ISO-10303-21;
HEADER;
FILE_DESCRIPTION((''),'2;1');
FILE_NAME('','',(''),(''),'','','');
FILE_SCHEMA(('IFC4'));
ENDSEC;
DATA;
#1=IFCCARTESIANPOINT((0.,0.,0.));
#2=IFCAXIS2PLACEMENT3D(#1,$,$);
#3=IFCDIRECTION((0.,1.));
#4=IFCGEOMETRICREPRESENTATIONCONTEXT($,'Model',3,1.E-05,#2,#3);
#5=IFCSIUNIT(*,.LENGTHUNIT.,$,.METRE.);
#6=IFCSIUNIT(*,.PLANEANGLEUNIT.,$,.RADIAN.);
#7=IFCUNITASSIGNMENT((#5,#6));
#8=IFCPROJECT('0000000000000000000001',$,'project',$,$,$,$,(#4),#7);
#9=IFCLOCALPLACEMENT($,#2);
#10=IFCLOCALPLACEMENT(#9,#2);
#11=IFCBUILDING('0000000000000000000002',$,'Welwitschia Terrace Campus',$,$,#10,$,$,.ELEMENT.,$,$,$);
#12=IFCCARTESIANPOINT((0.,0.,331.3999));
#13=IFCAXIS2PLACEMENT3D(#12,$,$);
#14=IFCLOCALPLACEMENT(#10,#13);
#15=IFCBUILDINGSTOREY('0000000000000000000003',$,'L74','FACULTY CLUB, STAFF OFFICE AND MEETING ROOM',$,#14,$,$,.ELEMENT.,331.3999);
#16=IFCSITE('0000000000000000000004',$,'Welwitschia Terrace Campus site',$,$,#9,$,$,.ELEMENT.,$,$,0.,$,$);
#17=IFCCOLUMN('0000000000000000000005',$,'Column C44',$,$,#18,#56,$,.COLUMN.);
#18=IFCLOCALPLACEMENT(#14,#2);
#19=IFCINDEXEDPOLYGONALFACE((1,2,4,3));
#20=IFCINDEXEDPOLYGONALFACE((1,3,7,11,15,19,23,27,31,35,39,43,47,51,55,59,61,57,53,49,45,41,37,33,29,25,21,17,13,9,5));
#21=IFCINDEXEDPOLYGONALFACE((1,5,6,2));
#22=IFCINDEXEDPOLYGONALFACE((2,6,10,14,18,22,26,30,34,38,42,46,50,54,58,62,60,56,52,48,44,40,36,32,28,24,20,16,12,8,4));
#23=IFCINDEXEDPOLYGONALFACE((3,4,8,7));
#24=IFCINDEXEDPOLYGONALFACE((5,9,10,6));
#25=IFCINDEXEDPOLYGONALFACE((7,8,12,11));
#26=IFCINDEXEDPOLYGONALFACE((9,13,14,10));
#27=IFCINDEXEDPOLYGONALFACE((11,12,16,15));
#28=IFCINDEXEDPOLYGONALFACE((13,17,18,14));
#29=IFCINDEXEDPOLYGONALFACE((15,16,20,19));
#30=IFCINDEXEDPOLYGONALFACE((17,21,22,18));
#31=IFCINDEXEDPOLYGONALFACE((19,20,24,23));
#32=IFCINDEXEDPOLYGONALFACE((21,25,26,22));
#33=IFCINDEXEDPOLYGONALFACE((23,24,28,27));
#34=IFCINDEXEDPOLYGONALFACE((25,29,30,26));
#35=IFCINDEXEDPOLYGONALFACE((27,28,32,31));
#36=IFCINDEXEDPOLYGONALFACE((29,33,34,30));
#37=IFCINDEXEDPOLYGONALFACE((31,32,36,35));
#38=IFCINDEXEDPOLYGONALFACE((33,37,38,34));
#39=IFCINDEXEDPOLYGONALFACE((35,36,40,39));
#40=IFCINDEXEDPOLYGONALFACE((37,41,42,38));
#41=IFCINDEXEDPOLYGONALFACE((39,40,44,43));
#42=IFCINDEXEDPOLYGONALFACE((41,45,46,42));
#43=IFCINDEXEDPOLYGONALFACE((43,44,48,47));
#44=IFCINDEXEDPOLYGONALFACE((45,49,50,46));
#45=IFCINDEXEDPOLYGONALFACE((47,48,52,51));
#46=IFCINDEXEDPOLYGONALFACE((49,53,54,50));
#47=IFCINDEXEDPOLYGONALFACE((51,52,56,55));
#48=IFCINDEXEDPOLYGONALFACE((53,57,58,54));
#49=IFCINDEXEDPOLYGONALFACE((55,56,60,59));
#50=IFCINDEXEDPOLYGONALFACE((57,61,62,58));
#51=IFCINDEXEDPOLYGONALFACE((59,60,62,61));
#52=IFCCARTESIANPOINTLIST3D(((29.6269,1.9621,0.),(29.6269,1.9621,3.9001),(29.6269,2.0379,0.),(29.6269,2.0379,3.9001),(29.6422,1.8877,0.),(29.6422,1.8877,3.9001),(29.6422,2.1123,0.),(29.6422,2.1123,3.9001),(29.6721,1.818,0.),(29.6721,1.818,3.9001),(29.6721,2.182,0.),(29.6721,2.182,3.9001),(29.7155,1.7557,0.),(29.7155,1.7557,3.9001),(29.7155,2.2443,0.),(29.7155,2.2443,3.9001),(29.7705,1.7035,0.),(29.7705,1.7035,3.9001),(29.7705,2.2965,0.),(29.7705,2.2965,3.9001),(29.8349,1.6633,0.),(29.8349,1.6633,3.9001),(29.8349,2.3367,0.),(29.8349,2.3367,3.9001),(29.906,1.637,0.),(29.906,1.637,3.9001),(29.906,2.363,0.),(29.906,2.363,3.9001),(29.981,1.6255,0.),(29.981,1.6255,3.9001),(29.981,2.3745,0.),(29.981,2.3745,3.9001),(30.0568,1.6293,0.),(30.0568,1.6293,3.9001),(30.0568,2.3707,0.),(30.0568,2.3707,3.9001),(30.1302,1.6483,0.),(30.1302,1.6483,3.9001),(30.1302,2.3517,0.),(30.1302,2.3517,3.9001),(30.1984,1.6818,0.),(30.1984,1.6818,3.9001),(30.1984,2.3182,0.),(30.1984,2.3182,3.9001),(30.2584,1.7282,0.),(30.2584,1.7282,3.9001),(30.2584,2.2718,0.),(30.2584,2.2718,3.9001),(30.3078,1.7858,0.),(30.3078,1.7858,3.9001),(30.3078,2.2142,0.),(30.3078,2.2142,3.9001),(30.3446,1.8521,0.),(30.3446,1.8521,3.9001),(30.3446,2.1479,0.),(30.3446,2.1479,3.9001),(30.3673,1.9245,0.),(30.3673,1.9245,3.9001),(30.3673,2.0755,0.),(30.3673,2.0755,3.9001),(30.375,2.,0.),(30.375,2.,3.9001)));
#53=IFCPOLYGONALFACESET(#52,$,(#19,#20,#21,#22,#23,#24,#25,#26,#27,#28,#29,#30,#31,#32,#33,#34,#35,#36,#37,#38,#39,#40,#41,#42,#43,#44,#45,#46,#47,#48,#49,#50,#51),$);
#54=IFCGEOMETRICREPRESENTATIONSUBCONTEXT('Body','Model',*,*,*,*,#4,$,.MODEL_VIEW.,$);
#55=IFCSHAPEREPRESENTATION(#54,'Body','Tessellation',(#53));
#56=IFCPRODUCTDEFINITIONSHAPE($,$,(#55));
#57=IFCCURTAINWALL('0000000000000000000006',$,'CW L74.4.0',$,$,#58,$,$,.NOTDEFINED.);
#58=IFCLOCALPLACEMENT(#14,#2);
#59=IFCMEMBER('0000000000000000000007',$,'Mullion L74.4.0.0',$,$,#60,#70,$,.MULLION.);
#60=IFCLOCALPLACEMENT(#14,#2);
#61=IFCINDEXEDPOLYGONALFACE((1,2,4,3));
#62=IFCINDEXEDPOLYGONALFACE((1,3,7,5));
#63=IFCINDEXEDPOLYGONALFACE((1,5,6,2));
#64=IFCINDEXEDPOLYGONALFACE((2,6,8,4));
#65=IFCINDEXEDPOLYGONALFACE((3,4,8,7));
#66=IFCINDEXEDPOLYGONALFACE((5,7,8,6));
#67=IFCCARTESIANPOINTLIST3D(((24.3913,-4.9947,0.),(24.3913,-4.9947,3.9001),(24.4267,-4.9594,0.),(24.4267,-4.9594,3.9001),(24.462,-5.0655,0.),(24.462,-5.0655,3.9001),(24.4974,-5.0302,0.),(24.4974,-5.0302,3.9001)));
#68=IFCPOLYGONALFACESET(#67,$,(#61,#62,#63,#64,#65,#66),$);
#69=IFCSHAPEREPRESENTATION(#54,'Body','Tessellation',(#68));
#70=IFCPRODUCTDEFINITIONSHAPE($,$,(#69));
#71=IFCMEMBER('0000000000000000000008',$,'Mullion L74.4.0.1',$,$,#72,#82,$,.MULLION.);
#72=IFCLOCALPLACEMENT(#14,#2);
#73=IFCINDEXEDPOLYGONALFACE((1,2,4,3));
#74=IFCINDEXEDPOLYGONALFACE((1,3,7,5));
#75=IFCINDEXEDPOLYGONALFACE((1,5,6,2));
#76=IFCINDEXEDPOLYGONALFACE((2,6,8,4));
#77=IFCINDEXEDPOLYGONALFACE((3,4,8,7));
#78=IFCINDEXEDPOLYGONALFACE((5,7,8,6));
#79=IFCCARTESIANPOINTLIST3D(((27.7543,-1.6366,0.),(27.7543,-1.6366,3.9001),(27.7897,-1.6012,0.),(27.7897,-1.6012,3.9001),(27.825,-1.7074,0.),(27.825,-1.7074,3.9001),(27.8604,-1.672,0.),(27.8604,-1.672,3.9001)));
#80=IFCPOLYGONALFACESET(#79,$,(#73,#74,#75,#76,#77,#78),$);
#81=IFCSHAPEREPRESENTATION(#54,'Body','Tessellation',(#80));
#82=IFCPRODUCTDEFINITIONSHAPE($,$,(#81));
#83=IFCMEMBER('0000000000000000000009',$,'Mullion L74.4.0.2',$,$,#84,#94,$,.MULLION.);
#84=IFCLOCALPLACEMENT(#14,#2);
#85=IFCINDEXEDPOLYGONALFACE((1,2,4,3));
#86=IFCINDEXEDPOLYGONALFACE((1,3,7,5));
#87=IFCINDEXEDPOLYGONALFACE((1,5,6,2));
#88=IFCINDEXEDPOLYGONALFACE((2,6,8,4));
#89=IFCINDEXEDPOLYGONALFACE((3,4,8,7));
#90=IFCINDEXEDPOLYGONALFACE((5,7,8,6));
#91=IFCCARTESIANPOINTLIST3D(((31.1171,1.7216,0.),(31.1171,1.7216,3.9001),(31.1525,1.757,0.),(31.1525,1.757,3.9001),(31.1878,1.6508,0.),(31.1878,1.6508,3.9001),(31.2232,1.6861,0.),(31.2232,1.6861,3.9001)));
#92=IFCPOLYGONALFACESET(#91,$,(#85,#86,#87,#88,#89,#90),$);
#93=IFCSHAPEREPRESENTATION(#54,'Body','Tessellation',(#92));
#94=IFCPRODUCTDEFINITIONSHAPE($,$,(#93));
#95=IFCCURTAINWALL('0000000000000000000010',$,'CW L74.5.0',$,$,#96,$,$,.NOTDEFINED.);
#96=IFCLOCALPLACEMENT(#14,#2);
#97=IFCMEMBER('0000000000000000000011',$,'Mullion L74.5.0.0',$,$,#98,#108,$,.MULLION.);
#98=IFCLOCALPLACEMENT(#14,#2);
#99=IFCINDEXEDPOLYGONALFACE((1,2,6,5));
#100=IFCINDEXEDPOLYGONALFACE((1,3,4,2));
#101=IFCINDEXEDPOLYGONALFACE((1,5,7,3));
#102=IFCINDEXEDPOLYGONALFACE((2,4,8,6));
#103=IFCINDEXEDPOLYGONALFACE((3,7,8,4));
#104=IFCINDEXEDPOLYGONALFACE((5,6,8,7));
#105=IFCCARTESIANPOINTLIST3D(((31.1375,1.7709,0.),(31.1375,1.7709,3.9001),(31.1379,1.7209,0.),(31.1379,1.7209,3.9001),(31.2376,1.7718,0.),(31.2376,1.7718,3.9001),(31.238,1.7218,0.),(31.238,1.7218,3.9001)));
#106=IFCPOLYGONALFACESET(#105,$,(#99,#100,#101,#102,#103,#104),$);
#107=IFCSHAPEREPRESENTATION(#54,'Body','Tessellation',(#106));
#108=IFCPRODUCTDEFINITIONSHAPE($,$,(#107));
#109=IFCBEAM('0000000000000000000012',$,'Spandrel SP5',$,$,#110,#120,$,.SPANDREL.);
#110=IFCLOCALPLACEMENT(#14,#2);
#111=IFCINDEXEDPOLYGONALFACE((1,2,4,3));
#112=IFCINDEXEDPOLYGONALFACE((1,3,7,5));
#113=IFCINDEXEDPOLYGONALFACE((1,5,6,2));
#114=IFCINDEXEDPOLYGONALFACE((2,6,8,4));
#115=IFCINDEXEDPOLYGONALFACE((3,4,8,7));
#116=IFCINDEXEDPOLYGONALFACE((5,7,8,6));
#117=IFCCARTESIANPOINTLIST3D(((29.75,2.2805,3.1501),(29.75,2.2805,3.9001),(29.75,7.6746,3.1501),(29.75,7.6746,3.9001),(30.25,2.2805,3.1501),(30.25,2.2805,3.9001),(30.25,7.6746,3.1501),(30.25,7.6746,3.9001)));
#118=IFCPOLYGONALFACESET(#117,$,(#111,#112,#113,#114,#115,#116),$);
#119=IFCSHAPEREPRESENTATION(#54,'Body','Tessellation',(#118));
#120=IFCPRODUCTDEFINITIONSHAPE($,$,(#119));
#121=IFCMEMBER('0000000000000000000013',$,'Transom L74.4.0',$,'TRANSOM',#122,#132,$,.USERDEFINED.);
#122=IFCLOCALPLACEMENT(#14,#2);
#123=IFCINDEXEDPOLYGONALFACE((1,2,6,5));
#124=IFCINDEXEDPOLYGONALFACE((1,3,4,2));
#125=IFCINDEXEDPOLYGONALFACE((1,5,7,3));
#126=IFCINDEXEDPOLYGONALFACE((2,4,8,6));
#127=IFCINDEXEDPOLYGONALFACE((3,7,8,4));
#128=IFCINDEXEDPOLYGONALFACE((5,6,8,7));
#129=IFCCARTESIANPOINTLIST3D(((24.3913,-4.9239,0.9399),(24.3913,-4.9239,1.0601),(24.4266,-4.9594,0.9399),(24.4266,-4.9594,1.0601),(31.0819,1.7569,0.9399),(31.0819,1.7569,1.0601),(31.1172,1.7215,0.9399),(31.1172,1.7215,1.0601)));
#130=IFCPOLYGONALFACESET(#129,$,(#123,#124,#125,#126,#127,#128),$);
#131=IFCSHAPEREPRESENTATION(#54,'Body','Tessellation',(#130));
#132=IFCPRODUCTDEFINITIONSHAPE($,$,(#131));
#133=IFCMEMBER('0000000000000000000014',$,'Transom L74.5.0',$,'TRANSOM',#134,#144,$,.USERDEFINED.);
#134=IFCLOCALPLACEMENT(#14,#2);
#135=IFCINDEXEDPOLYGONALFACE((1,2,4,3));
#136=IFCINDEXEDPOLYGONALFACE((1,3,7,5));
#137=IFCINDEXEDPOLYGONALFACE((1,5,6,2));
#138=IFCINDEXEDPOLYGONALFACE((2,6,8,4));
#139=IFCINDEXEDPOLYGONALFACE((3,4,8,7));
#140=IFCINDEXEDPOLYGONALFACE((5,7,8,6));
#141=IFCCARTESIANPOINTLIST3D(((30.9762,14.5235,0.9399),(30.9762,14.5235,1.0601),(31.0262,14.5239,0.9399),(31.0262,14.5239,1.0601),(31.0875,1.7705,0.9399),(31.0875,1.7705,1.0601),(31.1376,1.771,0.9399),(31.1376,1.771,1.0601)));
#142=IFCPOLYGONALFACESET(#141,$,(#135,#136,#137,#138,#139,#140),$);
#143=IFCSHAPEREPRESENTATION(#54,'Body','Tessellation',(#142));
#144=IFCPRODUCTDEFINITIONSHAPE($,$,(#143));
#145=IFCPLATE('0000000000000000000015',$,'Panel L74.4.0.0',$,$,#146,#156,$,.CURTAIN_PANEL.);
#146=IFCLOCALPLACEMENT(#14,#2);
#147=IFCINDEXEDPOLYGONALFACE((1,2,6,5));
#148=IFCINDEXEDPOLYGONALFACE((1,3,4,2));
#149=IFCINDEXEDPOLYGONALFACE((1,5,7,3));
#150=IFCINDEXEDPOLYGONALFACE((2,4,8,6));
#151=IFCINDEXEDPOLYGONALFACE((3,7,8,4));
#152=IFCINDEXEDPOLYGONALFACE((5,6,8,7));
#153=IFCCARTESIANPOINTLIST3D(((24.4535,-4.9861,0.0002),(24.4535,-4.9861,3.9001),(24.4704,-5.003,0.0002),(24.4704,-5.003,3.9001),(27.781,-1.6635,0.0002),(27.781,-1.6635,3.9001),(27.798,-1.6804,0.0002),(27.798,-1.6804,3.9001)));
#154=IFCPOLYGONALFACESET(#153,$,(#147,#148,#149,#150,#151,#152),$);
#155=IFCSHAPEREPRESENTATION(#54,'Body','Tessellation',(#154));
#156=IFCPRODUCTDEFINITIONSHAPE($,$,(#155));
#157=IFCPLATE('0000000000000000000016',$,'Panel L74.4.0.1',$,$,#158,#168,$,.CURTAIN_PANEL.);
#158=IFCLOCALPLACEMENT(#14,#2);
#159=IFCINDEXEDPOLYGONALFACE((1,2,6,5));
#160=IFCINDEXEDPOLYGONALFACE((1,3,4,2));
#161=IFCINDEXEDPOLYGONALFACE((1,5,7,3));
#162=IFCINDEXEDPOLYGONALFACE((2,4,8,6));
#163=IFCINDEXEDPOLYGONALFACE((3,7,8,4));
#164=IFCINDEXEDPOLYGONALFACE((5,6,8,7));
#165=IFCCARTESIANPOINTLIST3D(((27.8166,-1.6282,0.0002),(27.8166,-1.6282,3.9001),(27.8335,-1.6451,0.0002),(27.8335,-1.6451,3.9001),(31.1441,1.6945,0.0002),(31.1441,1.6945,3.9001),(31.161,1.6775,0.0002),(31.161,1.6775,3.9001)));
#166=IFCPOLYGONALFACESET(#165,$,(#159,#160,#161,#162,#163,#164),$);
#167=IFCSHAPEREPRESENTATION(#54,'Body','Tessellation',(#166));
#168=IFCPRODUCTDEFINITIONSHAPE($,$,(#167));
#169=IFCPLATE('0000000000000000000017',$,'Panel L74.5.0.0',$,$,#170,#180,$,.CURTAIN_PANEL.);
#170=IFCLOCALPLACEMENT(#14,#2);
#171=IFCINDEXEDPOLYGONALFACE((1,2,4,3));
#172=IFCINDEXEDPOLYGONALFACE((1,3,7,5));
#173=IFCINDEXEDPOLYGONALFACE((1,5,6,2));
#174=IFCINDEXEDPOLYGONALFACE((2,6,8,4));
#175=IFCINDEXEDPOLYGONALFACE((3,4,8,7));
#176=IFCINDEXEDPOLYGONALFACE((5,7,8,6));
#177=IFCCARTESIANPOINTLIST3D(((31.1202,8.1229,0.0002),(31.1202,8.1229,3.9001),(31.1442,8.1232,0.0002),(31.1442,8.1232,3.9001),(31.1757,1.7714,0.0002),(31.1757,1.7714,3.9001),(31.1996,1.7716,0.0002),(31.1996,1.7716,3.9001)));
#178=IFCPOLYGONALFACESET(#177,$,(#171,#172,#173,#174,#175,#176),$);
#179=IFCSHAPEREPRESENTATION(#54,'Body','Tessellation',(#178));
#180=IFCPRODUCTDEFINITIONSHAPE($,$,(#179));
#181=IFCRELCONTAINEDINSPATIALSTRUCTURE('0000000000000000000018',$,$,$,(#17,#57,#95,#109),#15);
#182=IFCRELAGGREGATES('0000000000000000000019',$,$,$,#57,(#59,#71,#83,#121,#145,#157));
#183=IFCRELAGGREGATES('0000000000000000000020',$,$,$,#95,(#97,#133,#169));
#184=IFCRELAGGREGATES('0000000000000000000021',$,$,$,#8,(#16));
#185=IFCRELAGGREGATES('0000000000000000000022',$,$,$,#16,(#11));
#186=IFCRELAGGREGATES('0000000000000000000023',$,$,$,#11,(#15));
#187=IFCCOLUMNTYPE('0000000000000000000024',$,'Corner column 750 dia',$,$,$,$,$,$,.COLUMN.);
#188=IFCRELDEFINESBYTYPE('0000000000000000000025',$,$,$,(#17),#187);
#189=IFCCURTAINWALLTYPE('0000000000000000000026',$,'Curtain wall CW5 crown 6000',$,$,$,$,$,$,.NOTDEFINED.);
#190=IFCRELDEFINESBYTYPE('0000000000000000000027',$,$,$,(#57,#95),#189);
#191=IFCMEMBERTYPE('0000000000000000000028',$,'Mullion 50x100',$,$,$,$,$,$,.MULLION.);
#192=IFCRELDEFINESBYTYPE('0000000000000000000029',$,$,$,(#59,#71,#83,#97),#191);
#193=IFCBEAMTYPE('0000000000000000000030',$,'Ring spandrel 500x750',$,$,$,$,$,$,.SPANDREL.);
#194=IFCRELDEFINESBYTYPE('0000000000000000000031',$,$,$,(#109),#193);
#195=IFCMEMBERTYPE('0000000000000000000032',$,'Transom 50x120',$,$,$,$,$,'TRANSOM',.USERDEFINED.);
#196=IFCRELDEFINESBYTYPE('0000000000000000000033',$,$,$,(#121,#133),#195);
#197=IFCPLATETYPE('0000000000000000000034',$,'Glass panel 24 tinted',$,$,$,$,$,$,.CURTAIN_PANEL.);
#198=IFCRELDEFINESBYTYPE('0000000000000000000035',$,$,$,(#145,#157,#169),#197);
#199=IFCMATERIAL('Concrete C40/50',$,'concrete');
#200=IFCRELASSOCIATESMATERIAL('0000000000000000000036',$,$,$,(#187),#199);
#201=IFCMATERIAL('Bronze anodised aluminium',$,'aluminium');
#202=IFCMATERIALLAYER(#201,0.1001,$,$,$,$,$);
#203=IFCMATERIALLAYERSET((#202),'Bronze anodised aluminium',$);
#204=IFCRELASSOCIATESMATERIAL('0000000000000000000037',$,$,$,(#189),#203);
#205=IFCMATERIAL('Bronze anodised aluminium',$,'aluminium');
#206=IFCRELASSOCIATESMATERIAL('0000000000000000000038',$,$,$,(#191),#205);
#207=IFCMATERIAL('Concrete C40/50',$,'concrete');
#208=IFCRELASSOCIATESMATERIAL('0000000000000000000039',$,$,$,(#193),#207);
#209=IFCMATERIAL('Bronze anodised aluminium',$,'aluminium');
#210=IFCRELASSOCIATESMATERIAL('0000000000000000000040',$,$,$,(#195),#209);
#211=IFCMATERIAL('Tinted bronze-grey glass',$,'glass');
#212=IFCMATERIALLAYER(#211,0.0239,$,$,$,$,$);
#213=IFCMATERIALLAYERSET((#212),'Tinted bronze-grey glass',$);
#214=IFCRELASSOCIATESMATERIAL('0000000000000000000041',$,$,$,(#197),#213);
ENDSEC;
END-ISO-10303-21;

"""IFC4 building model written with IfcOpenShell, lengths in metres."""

from ifc_helpers import new_model, si_unit, direction, frame, origin, origin_2d, place, context, subcontext, project, spatial, rectangle, circle, extrude, material, layer, layer_set, material_profile, profile_set, type_object, element, aggregate, save


model = new_model("IFC4")

# Units and contexts
model_context = context("Model", 3, precision=1e-05, world=origin(), true_north=direction((0.0, 1.0)))
body_context = subcontext(model_context, "Body", "Model", "MODEL_VIEW")
ifc_project = project(units=[si_unit("LENGTHUNIT", "METRE"), si_unit("PLANEANGLEUNIT", "RADIAN")], contexts=[model_context])

# Site, building, storey
site_placement = place(None, origin())
site = spatial("IfcSite", under=ifc_project, at=site_placement, Name="Welwitschia Terrace Campus site", CompositionType="ELEMENT", RefElevation=0.0)
building_placement = place(site_placement, origin())
building = spatial("IfcBuilding", under=site, at=building_placement, Name="Welwitschia Terrace Campus", CompositionType="ELEMENT")
storey_placement = place(building_placement, frame((0.0, 0.0, 331.3999)))
storey = spatial("IfcBuildingStorey", under=building, at=storey_placement, Name="L74", Description="FACULTY CLUB, STAFF OFFICE AND MEETING ROOM", CompositionType="ELEMENT", Elevation=331.3999)

# Column
ifc_material_1 = material(Name="Concrete C40/50", Category="concrete")
ifc_material_profile_1 = material_profile(ifc_material_1, circle(Radius=0.375, at=origin_2d()))
ifc_profile_set_1 = profile_set([ifc_material_profile_1], Name="Concrete C40/50")
column_type = type_object("IfcColumnType", Name="Corner column 750 dia", PredefinedType="COLUMN", material=ifc_profile_set_1)
column_placement = place(storey_placement, frame((30.0, 2.0, 0.0), z_axis=(0.0, 0.0, 1.0), x_axis=(1.0, 0.0, 0.0)))
element("IfcColumn", 1, at=column_placement, inside=storey, type_object=column_type, Name="Column C44", PredefinedType="COLUMN", context=body_context, shape_type="SweptSolid", body=[
    extrude(circle(Radius=0.375, at=origin_2d()), origin(), (0.0, 0.0, 1.0), 3.9001),
])

# Curtain wall, members
ifc_material_2 = material(Name="Bronze anodised aluminium", Category="aluminium")
ifc_layer_1 = layer(ifc_material_2, 0.1001)
ifc_layer_set_1 = layer_set([ifc_layer_1], Name="Bronze anodised aluminium")
curtain_wall_type = type_object("IfcCurtainWallType", Name="Curtain wall CW5 crown 6000", PredefinedType="NOTDEFINED", material=ifc_layer_set_1)
curtain_wall_1_placement = place(storey_placement, origin())
curtain_wall_1 = element("IfcCurtainWall", 2, at=curtain_wall_1_placement, inside=storey, type_object=curtain_wall_type, Name="CW L74.4.0", PredefinedType="NOTDEFINED")
ifc_material_3 = material(Name="Bronze anodised aluminium", Category="aluminium")
ifc_material_profile_2 = material_profile(ifc_material_3, rectangle(XDim=0.1001, YDim=0.05, at=origin_2d()))
ifc_profile_set_2 = profile_set([ifc_material_profile_2], Name="Bronze anodised aluminium")
member_type_1 = type_object("IfcMemberType", Name="Mullion 50x100", PredefinedType="MULLION", material=ifc_profile_set_2)
member_1_placement = place(storey_placement, frame((24.4443, -5.0125, 0.0), z_axis=(0.0, 0.0, 1.0), x_axis=(-0.706588, 0.707625, 0.0)))
member_1 = element("IfcMember", 3, at=member_1_placement, type_object=member_type_1, Name="Mullion L74.4.0.0", PredefinedType="MULLION", context=body_context, shape_type="SweptSolid", body=[
    extrude(rectangle(XDim=0.1001, YDim=0.05, at=origin_2d()), origin(), (0.0, 0.0, 1.0), 3.9001),
])
member_2_placement = place(storey_placement, frame((27.8074, -1.6543, 0.0), z_axis=(0.0, 0.0, 1.0), x_axis=(-0.706588, 0.707625, 0.0)))
member_2 = element("IfcMember", 4, at=member_2_placement, type_object=member_type_1, Name="Mullion L74.4.0.1", PredefinedType="MULLION", context=body_context, shape_type="SweptSolid", body=[
    extrude(rectangle(XDim=0.1001, YDim=0.05, at=origin_2d()), origin(), (0.0, 0.0, 1.0), 3.9001),
])
member_3_placement = place(storey_placement, frame((31.1702, 1.7039, 0.0), z_axis=(0.0, 0.0, 1.0), x_axis=(-0.706588, 0.707625, 0.0)))
member_3 = element("IfcMember", 5, at=member_3_placement, type_object=member_type_1, Name="Mullion L74.4.0.2", PredefinedType="MULLION", context=body_context, shape_type="SweptSolid", body=[
    extrude(rectangle(XDim=0.1001, YDim=0.05, at=origin_2d()), origin(), (0.0, 0.0, 1.0), 3.9001),
])

# Curtain wall, member
curtain_wall_2_placement = place(storey_placement, origin())
curtain_wall_2 = element("IfcCurtainWall", 6, at=curtain_wall_2_placement, inside=storey, type_object=curtain_wall_type, Name="CW L74.5.0", PredefinedType="NOTDEFINED")
member_4_placement = place(storey_placement, frame((31.1877, 1.7463, 0.0), z_axis=(0.0, 0.0, 1.0), x_axis=(-0.999962, -0.008727, 0.0)))
member_4 = element("IfcMember", 7, at=member_4_placement, type_object=member_type_1, Name="Mullion L74.5.0.0", PredefinedType="MULLION", context=body_context, shape_type="SweptSolid", body=[
    extrude(rectangle(XDim=0.1001, YDim=0.05, at=origin_2d()), origin(), (0.0, 0.0, 1.0), 3.9001),
])

# Beam
ifc_material_4 = material(Name="Concrete C40/50", Category="concrete")
ifc_material_profile_3 = material_profile(ifc_material_4, rectangle(XDim=0.5, YDim=0.75, at=origin_2d()))
ifc_profile_set_3 = profile_set([ifc_material_profile_3], Name="Concrete C40/50")
beam_type = type_object("IfcBeamType", Name="Ring spandrel 500x750", PredefinedType="SPANDREL", material=ifc_profile_set_3)
beam_placement = place(storey_placement, frame((30.0, 2.2805, 3.5251), z_axis=(0.0, 1.0, 0.0), x_axis=(-1.0, 0.0, 0.0)))
element("IfcBeam", 8, at=beam_placement, inside=storey, type_object=beam_type, Name="Spandrel SP5", PredefinedType="SPANDREL", context=body_context, shape_type="SweptSolid", body=[
    extrude(rectangle(XDim=0.5, YDim=0.75, at=origin_2d()), origin(), (0.0, 0.0, 1.0), 5.394),
])

# Members
ifc_material_5 = material(Name="Bronze anodised aluminium", Category="aluminium")
ifc_material_profile_4 = material_profile(ifc_material_5, rectangle(XDim=0.05, YDim=0.1201, at=origin_2d()))
ifc_profile_set_4 = profile_set([ifc_material_profile_4], Name="Bronze anodised aluminium")
member_type_2 = type_object("IfcMemberType", Name="Transom 50x120", ElementType="TRANSOM", PredefinedType="USERDEFINED", material=ifc_profile_set_4)
member_5_placement = place(storey_placement, frame((24.4089, -4.9417, 1.0), z_axis=(0.707623, 0.70659, 0.0), x_axis=(-0.70659, 0.707623, 0.0)))
member_5 = element("IfcMember", 9, at=member_5_placement, type_object=member_type_2, Name="Transom L74.4.0", ObjectType="TRANSOM", PredefinedType="USERDEFINED", context=body_context, shape_type="SweptSolid", body=[
    extrude(rectangle(XDim=0.05, YDim=0.1201, at=origin_2d()), origin(), (0.0, 0.0, 1.0), 9.4551),
])
member_6_placement = place(storey_placement, frame((31.1125, 1.7708, 1.0), z_axis=(-0.008729, 0.999962, 0.0), x_axis=(-0.999962, -0.008729, 0.0)))
member_6 = element("IfcMember", 10, at=member_6_placement, type_object=member_type_2, Name="Transom L74.5.0", ObjectType="TRANSOM", PredefinedType="USERDEFINED", context=body_context, shape_type="SweptSolid", body=[
    extrude(rectangle(XDim=0.05, YDim=0.1201, at=origin_2d()), origin(), (0.0, 0.0, 1.0), 12.7534),
])

# Plates
ifc_material_6 = material(Name="Tinted bronze-grey glass", Category="glass")
ifc_layer_2 = layer(ifc_material_6, 0.0239)
ifc_layer_set_2 = layer_set([ifc_layer_2], Name="Tinted bronze-grey glass")
plate_type = type_object("IfcPlateType", Name="Glass panel 24 tinted", PredefinedType="CURTAIN_PANEL", material=ifc_layer_set_2)
plate_1_placement = place(storey_placement, frame((26.1257, -3.3333, 0.0002), z_axis=(0.0, 0.0, 1.0), x_axis=(0.707625, 0.706588, 0.0)))
plate_1 = element("IfcPlate", 11, at=plate_1_placement, type_object=plate_type, Name="Panel L74.4.0.0", PredefinedType="CURTAIN_PANEL", context=body_context, shape_type="SweptSolid", body=[
    extrude(rectangle(XDim=4.7024, YDim=0.0239, at=origin_2d()), origin(), (0.0, 0.0, 1.0), 3.8999),
])
plate_2_placement = place(storey_placement, frame((29.4888, 0.0247, 0.0002), z_axis=(0.0, 0.0, 1.0), x_axis=(0.707625, 0.706588, 0.0)))
plate_2 = element("IfcPlate", 12, at=plate_2_placement, type_object=plate_type, Name="Panel L74.4.0.1", PredefinedType="CURTAIN_PANEL", context=body_context, shape_type="SweptSolid", body=[
    extrude(rectangle(XDim=4.7024, YDim=0.0239, at=origin_2d()), origin(), (0.0, 0.0, 1.0), 3.8999),
])
aggregate(curtain_wall_1, [member_1, member_2, member_3, member_5, plate_1, plate_2])
plate_3_placement = place(storey_placement, frame((31.1599, 4.9473, 0.0002), z_axis=(0.0, 0.0, 1.0), x_axis=(-0.008727, 0.999962, 0.0)))
plate_3 = element("IfcPlate", 13, at=plate_3_placement, type_object=plate_type, Name="Panel L74.5.0.0", PredefinedType="CURTAIN_PANEL", context=body_context, shape_type="SweptSolid", body=[
    extrude(rectangle(XDim=6.3518, YDim=0.0239, at=origin_2d()), origin(), (0.0, 0.0, 1.0), 3.8999),
])
aggregate(curtain_wall_2, [member_4, member_6, plate_3])

save(model, "model.ifc")
